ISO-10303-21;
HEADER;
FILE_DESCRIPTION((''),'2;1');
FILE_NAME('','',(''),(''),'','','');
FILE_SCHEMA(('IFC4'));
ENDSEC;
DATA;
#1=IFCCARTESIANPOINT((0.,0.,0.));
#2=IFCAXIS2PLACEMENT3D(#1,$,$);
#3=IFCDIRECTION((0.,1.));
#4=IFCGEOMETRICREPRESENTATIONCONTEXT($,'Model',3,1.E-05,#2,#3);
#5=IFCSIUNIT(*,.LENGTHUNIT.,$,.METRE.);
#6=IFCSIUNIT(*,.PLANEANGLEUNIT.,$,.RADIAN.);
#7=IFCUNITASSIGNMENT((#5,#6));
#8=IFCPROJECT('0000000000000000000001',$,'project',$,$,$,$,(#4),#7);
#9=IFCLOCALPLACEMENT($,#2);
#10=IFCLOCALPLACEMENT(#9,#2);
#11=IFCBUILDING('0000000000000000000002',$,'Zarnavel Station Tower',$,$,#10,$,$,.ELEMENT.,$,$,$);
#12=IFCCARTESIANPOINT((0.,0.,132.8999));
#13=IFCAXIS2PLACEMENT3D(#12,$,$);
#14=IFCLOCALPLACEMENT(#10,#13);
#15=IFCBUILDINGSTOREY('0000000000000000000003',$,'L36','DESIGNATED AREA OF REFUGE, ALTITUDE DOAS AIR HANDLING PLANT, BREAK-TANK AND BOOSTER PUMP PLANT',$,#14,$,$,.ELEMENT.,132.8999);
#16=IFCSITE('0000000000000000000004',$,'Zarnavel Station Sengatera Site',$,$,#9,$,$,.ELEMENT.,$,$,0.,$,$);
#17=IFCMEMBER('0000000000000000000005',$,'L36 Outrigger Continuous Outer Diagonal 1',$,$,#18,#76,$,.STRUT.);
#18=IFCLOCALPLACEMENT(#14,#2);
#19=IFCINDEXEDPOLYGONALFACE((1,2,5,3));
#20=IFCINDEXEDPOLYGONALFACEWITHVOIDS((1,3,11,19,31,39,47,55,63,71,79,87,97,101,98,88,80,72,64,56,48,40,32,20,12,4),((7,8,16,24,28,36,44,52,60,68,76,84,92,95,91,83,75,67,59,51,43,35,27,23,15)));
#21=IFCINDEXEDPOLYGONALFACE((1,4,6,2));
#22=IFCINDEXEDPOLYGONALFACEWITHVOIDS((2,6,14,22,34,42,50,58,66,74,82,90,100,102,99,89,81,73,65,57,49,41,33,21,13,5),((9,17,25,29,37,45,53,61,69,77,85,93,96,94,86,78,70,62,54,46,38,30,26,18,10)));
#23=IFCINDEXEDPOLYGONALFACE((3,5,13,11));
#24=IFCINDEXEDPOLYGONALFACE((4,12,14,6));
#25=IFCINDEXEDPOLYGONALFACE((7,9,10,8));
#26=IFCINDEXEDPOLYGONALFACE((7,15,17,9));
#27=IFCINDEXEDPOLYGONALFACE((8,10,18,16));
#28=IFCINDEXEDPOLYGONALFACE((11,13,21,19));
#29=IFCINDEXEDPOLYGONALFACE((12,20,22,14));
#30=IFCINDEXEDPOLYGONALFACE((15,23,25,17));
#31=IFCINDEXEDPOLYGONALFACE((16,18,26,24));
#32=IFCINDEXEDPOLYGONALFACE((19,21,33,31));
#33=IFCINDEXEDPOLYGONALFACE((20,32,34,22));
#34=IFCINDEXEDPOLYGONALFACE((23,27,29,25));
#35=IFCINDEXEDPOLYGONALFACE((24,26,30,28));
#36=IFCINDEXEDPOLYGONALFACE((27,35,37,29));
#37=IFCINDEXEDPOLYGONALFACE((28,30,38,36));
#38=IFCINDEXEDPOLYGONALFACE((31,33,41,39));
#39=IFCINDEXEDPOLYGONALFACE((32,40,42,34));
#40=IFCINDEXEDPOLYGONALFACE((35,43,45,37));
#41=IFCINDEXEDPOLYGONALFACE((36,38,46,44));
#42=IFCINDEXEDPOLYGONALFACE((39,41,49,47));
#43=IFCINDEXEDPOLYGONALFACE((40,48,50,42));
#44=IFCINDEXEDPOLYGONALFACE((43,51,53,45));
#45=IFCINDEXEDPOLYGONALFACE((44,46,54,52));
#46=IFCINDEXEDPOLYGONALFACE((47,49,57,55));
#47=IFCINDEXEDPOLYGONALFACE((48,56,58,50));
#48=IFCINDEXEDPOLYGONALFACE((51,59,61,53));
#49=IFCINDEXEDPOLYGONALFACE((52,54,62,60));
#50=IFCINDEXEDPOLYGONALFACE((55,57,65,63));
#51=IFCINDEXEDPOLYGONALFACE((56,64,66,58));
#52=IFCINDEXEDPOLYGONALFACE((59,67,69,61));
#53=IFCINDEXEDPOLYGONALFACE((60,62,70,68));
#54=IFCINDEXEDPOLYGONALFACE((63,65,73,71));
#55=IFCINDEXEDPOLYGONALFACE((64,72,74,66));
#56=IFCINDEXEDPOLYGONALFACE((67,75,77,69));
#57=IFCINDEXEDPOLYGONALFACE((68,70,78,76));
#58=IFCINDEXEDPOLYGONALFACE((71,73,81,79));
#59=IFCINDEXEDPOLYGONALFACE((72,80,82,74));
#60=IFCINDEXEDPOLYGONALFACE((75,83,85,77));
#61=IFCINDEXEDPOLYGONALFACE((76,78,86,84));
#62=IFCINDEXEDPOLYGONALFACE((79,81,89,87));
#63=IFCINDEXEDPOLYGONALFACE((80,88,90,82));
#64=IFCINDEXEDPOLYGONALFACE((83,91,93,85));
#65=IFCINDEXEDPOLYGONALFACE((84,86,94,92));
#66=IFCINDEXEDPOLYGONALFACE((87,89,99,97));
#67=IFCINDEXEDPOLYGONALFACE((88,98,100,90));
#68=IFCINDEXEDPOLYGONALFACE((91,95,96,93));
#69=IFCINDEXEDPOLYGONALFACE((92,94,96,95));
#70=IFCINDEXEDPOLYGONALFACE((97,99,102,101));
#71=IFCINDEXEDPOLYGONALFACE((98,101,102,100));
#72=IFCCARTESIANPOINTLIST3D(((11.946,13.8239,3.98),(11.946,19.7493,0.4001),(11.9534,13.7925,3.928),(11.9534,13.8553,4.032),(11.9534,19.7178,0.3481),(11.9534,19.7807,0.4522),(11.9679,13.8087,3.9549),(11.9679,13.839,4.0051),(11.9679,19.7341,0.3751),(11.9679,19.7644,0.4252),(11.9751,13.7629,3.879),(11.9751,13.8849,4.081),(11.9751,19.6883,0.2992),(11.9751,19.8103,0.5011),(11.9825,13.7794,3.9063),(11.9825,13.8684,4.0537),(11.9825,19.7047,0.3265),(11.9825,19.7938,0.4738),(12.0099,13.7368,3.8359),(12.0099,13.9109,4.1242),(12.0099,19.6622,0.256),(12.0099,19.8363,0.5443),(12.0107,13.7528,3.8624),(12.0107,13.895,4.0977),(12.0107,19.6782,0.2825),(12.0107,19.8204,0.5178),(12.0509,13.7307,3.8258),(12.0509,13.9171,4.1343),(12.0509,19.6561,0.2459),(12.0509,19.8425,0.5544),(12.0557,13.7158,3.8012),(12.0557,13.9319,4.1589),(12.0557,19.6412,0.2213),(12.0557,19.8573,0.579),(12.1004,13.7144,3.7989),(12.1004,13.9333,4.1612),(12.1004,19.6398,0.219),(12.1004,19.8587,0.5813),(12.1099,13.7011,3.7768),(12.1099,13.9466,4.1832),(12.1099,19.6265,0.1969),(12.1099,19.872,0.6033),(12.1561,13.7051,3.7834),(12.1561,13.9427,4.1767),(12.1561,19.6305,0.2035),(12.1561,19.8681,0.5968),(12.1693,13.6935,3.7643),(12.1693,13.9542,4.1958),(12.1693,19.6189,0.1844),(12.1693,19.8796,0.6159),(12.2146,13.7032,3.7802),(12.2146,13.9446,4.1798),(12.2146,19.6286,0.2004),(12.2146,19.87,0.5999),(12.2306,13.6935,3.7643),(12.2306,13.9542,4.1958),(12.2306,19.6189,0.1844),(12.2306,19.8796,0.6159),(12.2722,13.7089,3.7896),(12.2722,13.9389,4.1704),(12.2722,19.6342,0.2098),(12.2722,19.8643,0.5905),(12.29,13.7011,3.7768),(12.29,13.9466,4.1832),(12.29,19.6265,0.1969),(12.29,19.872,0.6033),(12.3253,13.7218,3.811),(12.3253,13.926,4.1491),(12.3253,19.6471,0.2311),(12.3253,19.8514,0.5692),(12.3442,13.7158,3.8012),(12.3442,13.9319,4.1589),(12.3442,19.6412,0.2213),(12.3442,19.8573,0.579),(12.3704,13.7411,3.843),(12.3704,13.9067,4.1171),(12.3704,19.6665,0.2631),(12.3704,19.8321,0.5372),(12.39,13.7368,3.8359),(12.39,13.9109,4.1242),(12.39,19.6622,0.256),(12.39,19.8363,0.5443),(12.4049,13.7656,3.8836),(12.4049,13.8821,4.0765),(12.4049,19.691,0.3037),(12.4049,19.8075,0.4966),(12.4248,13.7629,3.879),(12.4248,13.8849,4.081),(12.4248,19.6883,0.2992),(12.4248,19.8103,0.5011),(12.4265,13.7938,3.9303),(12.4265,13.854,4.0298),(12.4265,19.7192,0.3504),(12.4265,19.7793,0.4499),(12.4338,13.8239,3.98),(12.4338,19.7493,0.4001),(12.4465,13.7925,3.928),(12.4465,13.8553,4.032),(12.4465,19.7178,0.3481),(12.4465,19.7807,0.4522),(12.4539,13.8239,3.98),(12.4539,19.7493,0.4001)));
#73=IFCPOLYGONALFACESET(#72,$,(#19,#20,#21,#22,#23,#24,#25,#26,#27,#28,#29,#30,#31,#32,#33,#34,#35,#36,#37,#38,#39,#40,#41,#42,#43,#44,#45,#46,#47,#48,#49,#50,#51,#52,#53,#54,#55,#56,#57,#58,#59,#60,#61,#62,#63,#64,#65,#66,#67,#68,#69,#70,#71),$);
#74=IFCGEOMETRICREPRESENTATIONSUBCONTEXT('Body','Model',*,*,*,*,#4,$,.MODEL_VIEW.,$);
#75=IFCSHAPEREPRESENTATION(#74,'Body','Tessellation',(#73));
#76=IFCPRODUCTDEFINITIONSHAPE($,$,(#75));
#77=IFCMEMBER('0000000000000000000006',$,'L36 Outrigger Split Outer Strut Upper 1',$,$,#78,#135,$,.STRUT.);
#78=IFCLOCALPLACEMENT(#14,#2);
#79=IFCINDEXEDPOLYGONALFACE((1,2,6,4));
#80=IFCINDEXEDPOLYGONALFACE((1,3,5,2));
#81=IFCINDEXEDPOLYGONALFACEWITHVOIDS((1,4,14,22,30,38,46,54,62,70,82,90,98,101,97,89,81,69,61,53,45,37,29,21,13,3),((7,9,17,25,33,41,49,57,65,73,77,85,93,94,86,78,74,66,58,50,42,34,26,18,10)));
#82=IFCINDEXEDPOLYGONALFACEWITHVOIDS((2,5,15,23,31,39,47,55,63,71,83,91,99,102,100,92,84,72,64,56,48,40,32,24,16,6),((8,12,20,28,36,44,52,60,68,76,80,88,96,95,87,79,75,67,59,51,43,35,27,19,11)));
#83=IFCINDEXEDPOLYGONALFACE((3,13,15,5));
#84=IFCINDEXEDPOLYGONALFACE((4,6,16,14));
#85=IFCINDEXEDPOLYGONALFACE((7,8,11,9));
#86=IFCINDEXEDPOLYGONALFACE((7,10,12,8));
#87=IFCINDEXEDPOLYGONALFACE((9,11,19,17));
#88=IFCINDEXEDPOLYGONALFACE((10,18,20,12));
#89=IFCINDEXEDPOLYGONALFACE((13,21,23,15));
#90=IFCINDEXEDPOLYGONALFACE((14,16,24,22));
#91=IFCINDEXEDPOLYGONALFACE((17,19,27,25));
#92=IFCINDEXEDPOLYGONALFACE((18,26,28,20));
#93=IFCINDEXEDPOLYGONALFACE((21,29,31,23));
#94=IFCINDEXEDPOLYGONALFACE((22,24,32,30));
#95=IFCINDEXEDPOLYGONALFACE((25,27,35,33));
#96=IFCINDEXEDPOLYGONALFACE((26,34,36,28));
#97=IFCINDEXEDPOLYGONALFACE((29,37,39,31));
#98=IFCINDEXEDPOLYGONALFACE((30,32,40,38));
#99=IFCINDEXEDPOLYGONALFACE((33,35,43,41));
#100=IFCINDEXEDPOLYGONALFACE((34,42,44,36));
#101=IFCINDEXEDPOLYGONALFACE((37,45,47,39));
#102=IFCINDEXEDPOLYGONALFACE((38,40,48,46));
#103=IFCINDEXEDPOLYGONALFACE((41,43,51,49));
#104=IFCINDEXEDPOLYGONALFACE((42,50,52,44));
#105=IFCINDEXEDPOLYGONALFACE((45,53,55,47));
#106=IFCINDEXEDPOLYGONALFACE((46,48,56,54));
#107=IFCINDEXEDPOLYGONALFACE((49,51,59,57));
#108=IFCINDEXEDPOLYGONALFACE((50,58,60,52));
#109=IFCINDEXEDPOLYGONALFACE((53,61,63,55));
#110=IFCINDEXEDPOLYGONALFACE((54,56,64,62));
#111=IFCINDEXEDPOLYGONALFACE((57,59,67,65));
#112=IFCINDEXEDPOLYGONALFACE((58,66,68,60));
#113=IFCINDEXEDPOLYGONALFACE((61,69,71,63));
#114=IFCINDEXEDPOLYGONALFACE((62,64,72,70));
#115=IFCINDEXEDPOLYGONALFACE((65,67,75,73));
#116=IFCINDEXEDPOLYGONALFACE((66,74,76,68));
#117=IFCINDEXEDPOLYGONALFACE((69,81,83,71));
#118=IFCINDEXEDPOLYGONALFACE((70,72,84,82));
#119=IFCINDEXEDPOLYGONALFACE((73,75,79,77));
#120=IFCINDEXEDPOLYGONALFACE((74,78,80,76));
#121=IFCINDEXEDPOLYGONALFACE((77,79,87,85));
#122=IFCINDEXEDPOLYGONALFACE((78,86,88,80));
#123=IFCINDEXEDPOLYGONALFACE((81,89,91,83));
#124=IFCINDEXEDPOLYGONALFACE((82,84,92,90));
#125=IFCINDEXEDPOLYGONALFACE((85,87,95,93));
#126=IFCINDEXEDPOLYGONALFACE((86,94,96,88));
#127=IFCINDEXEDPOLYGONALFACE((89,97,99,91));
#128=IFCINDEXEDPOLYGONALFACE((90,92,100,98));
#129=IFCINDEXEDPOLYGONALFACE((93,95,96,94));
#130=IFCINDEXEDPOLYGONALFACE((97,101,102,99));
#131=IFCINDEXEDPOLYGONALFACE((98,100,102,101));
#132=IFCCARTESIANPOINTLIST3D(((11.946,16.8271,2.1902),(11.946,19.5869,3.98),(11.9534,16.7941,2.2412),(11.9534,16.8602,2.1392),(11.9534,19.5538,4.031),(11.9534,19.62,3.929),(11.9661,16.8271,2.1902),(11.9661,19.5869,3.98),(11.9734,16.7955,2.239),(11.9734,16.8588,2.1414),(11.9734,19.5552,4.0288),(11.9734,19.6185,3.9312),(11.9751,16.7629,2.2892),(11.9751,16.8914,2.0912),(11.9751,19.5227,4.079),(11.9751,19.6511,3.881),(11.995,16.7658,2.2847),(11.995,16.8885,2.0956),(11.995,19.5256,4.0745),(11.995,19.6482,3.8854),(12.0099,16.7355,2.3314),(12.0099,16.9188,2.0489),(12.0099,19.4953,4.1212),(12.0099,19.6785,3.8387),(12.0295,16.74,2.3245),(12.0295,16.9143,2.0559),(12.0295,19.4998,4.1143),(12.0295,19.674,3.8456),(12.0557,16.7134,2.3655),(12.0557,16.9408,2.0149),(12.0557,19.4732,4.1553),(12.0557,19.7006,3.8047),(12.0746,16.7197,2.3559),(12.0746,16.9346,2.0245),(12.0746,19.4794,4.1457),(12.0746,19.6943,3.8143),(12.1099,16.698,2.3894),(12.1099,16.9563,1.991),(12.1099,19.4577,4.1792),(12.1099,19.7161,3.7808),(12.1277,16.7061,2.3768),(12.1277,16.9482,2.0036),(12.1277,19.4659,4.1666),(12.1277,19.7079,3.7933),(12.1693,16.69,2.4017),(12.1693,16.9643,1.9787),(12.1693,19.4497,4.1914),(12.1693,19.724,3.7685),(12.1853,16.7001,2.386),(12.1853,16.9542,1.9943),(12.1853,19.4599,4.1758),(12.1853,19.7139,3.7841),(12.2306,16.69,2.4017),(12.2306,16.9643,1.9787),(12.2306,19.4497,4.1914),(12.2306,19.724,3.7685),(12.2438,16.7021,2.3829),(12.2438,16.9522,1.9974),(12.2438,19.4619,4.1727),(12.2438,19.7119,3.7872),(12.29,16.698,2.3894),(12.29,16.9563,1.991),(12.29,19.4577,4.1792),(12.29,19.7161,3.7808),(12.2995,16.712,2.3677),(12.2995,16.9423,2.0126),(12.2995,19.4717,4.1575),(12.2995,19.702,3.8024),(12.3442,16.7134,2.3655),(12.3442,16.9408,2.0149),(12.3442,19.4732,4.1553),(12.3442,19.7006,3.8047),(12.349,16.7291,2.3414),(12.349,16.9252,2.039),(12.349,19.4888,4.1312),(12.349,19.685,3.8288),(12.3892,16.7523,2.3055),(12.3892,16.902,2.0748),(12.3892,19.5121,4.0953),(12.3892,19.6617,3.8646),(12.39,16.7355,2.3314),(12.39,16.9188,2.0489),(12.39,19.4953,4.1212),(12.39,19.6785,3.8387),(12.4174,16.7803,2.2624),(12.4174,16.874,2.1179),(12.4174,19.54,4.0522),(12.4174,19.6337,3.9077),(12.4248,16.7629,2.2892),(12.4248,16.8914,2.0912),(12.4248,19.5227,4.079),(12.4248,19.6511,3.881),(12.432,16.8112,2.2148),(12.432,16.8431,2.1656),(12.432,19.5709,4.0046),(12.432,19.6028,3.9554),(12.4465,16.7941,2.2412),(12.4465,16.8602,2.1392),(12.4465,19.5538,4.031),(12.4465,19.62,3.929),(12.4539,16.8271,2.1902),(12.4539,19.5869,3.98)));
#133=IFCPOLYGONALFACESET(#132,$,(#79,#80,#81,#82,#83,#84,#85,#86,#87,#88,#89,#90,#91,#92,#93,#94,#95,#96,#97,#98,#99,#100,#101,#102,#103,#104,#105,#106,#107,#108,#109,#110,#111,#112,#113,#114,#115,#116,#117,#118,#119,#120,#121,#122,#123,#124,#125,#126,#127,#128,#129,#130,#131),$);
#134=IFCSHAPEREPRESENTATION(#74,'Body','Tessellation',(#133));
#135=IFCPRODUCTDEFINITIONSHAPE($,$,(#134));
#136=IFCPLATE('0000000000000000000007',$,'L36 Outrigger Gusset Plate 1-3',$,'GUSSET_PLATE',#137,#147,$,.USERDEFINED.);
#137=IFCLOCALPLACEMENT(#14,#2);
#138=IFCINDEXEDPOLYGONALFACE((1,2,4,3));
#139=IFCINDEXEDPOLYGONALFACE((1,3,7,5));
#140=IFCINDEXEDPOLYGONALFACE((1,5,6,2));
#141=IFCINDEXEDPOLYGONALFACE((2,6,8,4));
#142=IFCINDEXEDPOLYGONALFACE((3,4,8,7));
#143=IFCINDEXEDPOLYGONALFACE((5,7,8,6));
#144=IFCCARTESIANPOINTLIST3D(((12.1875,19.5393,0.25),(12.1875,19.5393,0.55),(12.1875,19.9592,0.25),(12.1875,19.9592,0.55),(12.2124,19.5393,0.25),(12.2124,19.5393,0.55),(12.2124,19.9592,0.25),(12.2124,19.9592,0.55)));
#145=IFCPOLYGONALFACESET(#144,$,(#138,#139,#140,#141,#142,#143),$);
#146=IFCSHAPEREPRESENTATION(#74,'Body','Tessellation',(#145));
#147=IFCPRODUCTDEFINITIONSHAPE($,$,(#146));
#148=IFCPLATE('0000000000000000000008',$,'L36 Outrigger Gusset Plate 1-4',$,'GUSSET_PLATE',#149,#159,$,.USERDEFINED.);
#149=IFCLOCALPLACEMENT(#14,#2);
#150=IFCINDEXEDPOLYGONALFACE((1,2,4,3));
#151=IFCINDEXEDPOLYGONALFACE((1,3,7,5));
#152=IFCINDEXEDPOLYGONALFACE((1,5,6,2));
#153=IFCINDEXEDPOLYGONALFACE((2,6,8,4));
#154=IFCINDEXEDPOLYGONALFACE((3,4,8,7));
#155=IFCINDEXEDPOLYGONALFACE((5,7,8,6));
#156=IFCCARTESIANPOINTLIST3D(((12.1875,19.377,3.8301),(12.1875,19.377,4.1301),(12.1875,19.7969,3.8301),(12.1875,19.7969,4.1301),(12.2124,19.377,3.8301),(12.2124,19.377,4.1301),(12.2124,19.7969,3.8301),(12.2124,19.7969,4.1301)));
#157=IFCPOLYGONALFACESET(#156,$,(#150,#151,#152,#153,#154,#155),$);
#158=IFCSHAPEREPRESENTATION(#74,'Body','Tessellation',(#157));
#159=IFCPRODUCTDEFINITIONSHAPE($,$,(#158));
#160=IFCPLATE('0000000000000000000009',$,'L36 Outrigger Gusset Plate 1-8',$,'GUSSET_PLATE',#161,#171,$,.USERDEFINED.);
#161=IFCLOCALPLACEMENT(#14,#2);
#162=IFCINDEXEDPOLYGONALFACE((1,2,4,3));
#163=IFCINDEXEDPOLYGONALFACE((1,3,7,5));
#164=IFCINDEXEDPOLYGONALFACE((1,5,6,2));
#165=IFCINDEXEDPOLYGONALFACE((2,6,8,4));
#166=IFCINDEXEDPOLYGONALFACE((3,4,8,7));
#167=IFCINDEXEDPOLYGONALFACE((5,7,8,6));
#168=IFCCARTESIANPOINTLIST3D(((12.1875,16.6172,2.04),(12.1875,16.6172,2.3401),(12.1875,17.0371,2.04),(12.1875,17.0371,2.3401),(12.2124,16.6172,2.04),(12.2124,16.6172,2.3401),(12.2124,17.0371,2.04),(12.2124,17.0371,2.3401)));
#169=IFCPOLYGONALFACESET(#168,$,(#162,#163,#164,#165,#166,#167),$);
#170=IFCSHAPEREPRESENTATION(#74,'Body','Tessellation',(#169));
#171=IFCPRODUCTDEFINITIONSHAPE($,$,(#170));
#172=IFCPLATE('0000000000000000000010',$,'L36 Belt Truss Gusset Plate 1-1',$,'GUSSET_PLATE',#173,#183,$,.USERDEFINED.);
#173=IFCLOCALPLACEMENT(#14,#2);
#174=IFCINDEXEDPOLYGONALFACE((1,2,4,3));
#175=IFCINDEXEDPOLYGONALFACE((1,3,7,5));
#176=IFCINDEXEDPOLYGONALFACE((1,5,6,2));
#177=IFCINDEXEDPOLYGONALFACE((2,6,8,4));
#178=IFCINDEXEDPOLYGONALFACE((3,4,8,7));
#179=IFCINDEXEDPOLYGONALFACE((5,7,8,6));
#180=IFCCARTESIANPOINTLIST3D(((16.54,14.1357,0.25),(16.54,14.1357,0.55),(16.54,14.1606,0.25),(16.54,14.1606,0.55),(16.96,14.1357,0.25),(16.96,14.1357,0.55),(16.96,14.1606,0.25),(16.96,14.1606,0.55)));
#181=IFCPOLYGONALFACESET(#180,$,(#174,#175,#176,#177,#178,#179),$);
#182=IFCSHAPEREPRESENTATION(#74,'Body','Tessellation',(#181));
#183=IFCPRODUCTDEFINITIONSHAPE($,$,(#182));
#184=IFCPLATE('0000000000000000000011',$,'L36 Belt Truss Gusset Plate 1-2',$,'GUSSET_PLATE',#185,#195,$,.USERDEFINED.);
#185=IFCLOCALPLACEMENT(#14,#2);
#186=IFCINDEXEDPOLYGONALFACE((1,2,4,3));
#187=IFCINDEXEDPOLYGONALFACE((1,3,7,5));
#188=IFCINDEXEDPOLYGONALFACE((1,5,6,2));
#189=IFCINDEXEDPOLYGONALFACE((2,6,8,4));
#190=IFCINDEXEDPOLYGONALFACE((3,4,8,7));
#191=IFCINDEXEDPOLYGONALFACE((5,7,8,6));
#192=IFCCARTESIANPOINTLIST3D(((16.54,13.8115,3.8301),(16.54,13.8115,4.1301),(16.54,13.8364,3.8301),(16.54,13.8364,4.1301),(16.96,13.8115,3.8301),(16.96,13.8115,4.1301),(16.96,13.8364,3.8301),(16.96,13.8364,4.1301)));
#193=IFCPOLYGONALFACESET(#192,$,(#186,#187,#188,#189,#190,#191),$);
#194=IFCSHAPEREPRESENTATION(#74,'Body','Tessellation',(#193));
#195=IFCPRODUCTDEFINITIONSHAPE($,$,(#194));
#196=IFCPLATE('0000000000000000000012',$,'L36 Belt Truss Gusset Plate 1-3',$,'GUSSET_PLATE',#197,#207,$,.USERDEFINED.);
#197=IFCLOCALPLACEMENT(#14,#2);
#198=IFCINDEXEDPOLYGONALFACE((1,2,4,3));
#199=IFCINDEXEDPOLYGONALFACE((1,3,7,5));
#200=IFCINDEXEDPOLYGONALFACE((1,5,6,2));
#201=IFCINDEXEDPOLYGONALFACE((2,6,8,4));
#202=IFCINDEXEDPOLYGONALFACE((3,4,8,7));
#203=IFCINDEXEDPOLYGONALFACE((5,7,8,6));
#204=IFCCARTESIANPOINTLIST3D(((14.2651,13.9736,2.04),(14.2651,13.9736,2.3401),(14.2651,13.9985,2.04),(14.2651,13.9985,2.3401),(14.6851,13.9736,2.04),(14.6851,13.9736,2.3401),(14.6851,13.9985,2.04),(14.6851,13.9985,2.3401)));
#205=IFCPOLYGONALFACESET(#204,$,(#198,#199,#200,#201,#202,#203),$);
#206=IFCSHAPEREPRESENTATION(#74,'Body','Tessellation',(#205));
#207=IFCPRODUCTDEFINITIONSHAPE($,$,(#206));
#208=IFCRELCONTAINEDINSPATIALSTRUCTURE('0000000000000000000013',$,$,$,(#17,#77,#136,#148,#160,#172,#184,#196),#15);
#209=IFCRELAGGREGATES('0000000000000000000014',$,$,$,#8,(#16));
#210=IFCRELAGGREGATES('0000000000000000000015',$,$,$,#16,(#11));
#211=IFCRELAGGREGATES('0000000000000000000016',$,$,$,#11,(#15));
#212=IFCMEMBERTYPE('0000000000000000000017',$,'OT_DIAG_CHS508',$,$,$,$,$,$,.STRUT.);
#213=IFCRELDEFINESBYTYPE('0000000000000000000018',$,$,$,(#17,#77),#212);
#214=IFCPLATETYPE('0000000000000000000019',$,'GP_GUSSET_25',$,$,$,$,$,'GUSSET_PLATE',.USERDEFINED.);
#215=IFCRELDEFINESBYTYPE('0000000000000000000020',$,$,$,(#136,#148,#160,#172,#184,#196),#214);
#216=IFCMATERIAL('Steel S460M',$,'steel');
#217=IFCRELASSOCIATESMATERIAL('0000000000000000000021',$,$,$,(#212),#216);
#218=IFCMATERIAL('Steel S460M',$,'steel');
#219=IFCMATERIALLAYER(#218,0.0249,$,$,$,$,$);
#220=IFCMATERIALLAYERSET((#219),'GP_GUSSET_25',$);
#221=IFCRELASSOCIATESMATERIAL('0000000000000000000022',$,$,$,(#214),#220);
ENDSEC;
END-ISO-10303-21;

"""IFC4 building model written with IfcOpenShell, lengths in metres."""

from ifc_helpers import new_model, si_unit, direction, frame, origin, origin_2d, place, context, subcontext, project, spatial, rectangle, hollow_circle, extrude, material, layer, layer_set, material_profile, profile_set, type_object, element, save


model = new_model("IFC4")

# Units and contexts
model_context = context("Model", 3, precision=1e-05, world=origin(), true_north=direction((0.0, 1.0)))
body_context = subcontext(model_context, "Body", "Model", "MODEL_VIEW")
ifc_project = project(units=[si_unit("LENGTHUNIT", "METRE"), si_unit("PLANEANGLEUNIT", "RADIAN")], contexts=[model_context])

# Site, building, storey
site_placement = place(None, origin())
site = spatial("IfcSite", under=ifc_project, at=site_placement, Name="Zarnavel Station Sengatera Site", CompositionType="ELEMENT", RefElevation=0.0)
building_placement = place(site_placement, origin())
building = spatial("IfcBuilding", under=site, at=building_placement, Name="Zarnavel Station Tower", CompositionType="ELEMENT")
storey_placement = place(building_placement, frame((0.0, 0.0, 132.8999)))
storey = spatial("IfcBuildingStorey", under=building, at=storey_placement, Name="L36", Description="DESIGNATED AREA OF REFUGE, ALTITUDE DOAS AIR HANDLING PLANT, BREAK-TANK AND BOOSTER PUMP PLANT", CompositionType="ELEMENT", Elevation=132.8999)

# Members
ifc_material_1 = material(Name="Steel S460M", Category="steel")
ifc_material_profile_1 = material_profile(ifc_material_1, hollow_circle(Radius=0.2539, WallThickness=0.02, at=origin_2d()), Name="CHS508x20")
ifc_profile_set_1 = profile_set([ifc_material_profile_1], Name="Steel S460M")
member_type_1 = type_object("IfcMemberType", Name="OT_DIAG_CHS508", PredefinedType="STRUT", material=ifc_profile_set_1)
member_1_placement = place(storey_placement, frame((12.2, 19.7493, 0.4001), z_axis=(0.0, -0.855917, 0.517112), x_axis=(1.0, 0.0, 0.0)))
element("IfcMember", 1, at=member_1_placement, inside=storey, type_object=member_type_1, Name="L36 Outrigger Continuous Outer Diagonal 1", PredefinedType="STRUT", context=body_context, shape_type="SweptSolid", body=[
    extrude(hollow_circle(Radius=0.2539, WallThickness=0.02, at=origin_2d()), origin(), (0.0, 0.0, 1.0), 6.9229),
])
member_2_placement = place(storey_placement, frame((12.2, 16.8271, 2.1902), z_axis=(0.0, 0.839006, 0.544122), x_axis=(-1.0, 0.0, 0.0)))
element("IfcMember", 2, at=member_2_placement, inside=storey, type_object=member_type_1, Name="L36 Outrigger Split Outer Strut Upper 1", PredefinedType="STRUT", context=body_context, shape_type="SweptSolid", body=[
    extrude(hollow_circle(Radius=0.2539, WallThickness=0.02, at=origin_2d()), origin(), (0.0, 0.0, 1.0), 3.2893),
])

# Plates
ifc_material_2 = material(Name="Steel S460M", Category="steel")
ifc_layer_1 = layer(ifc_material_2, 0.0249)
ifc_layer_set_1 = layer_set([ifc_layer_1], Name="GP_GUSSET_25")
plate_type = type_object("IfcPlateType", Name="GP_GUSSET_25", ElementType="GUSSET_PLATE", PredefinedType="USERDEFINED", material=ifc_layer_set_1)
for number, where, z_axis, x_axis, name in (
    (3, (12.2, 19.7493, 0.25), (0.0, 0.0, 1.0), (1.0, 0.0, 0.0), "L36 Outrigger Gusset Plate 1-3"),
    (4, (12.2, 19.5869, 3.8301), (0.0, 0.0, 1.0), (1.0, 0.0, 0.0), "L36 Outrigger Gusset Plate 1-4"),
    (5, (12.2, 16.8271, 2.04), (0.0, 0.0, 1.0), (1.0, 0.0, 0.0), "L36 Outrigger Gusset Plate 1-8"),
):
    element("IfcPlate", number, at=place(storey_placement, frame(where, z_axis=z_axis, x_axis=x_axis)), inside=storey, type_object=plate_type, Name=name, ObjectType="GUSSET_PLATE", PredefinedType="USERDEFINED", context=body_context, shape_type="SweptSolid", body=[
        extrude(rectangle(XDim=0.0249, YDim=0.4199, at=origin_2d()), origin(), (0.0, 0.0, 1.0), 0.3),
    ])
for number, where, z_axis, x_axis, name in (
    (6, (16.75, 14.1482, 0.25), (0.0, 0.0, 1.0), (1.0, 0.0, 0.0), "L36 Belt Truss Gusset Plate 1-1"),
    (7, (16.75, 13.824, 3.8301), (0.0, 0.0, 1.0), (1.0, 0.0, 0.0), "L36 Belt Truss Gusset Plate 1-2"),
    (8, (14.4751, 13.9861, 2.04), (0.0, 0.0, 1.0), (1.0, 0.0, 0.0), "L36 Belt Truss Gusset Plate 1-3"),
):
    element("IfcPlate", number, at=place(storey_placement, frame(where, z_axis=z_axis, x_axis=x_axis)), inside=storey, type_object=plate_type, Name=name, ObjectType="GUSSET_PLATE", PredefinedType="USERDEFINED", context=body_context, shape_type="SweptSolid", body=[
        extrude(rectangle(XDim=0.4199, YDim=0.0249, at=origin_2d()), origin(), (0.0, 0.0, 1.0), 0.3),
    ])

save(model, "model.ifc")
